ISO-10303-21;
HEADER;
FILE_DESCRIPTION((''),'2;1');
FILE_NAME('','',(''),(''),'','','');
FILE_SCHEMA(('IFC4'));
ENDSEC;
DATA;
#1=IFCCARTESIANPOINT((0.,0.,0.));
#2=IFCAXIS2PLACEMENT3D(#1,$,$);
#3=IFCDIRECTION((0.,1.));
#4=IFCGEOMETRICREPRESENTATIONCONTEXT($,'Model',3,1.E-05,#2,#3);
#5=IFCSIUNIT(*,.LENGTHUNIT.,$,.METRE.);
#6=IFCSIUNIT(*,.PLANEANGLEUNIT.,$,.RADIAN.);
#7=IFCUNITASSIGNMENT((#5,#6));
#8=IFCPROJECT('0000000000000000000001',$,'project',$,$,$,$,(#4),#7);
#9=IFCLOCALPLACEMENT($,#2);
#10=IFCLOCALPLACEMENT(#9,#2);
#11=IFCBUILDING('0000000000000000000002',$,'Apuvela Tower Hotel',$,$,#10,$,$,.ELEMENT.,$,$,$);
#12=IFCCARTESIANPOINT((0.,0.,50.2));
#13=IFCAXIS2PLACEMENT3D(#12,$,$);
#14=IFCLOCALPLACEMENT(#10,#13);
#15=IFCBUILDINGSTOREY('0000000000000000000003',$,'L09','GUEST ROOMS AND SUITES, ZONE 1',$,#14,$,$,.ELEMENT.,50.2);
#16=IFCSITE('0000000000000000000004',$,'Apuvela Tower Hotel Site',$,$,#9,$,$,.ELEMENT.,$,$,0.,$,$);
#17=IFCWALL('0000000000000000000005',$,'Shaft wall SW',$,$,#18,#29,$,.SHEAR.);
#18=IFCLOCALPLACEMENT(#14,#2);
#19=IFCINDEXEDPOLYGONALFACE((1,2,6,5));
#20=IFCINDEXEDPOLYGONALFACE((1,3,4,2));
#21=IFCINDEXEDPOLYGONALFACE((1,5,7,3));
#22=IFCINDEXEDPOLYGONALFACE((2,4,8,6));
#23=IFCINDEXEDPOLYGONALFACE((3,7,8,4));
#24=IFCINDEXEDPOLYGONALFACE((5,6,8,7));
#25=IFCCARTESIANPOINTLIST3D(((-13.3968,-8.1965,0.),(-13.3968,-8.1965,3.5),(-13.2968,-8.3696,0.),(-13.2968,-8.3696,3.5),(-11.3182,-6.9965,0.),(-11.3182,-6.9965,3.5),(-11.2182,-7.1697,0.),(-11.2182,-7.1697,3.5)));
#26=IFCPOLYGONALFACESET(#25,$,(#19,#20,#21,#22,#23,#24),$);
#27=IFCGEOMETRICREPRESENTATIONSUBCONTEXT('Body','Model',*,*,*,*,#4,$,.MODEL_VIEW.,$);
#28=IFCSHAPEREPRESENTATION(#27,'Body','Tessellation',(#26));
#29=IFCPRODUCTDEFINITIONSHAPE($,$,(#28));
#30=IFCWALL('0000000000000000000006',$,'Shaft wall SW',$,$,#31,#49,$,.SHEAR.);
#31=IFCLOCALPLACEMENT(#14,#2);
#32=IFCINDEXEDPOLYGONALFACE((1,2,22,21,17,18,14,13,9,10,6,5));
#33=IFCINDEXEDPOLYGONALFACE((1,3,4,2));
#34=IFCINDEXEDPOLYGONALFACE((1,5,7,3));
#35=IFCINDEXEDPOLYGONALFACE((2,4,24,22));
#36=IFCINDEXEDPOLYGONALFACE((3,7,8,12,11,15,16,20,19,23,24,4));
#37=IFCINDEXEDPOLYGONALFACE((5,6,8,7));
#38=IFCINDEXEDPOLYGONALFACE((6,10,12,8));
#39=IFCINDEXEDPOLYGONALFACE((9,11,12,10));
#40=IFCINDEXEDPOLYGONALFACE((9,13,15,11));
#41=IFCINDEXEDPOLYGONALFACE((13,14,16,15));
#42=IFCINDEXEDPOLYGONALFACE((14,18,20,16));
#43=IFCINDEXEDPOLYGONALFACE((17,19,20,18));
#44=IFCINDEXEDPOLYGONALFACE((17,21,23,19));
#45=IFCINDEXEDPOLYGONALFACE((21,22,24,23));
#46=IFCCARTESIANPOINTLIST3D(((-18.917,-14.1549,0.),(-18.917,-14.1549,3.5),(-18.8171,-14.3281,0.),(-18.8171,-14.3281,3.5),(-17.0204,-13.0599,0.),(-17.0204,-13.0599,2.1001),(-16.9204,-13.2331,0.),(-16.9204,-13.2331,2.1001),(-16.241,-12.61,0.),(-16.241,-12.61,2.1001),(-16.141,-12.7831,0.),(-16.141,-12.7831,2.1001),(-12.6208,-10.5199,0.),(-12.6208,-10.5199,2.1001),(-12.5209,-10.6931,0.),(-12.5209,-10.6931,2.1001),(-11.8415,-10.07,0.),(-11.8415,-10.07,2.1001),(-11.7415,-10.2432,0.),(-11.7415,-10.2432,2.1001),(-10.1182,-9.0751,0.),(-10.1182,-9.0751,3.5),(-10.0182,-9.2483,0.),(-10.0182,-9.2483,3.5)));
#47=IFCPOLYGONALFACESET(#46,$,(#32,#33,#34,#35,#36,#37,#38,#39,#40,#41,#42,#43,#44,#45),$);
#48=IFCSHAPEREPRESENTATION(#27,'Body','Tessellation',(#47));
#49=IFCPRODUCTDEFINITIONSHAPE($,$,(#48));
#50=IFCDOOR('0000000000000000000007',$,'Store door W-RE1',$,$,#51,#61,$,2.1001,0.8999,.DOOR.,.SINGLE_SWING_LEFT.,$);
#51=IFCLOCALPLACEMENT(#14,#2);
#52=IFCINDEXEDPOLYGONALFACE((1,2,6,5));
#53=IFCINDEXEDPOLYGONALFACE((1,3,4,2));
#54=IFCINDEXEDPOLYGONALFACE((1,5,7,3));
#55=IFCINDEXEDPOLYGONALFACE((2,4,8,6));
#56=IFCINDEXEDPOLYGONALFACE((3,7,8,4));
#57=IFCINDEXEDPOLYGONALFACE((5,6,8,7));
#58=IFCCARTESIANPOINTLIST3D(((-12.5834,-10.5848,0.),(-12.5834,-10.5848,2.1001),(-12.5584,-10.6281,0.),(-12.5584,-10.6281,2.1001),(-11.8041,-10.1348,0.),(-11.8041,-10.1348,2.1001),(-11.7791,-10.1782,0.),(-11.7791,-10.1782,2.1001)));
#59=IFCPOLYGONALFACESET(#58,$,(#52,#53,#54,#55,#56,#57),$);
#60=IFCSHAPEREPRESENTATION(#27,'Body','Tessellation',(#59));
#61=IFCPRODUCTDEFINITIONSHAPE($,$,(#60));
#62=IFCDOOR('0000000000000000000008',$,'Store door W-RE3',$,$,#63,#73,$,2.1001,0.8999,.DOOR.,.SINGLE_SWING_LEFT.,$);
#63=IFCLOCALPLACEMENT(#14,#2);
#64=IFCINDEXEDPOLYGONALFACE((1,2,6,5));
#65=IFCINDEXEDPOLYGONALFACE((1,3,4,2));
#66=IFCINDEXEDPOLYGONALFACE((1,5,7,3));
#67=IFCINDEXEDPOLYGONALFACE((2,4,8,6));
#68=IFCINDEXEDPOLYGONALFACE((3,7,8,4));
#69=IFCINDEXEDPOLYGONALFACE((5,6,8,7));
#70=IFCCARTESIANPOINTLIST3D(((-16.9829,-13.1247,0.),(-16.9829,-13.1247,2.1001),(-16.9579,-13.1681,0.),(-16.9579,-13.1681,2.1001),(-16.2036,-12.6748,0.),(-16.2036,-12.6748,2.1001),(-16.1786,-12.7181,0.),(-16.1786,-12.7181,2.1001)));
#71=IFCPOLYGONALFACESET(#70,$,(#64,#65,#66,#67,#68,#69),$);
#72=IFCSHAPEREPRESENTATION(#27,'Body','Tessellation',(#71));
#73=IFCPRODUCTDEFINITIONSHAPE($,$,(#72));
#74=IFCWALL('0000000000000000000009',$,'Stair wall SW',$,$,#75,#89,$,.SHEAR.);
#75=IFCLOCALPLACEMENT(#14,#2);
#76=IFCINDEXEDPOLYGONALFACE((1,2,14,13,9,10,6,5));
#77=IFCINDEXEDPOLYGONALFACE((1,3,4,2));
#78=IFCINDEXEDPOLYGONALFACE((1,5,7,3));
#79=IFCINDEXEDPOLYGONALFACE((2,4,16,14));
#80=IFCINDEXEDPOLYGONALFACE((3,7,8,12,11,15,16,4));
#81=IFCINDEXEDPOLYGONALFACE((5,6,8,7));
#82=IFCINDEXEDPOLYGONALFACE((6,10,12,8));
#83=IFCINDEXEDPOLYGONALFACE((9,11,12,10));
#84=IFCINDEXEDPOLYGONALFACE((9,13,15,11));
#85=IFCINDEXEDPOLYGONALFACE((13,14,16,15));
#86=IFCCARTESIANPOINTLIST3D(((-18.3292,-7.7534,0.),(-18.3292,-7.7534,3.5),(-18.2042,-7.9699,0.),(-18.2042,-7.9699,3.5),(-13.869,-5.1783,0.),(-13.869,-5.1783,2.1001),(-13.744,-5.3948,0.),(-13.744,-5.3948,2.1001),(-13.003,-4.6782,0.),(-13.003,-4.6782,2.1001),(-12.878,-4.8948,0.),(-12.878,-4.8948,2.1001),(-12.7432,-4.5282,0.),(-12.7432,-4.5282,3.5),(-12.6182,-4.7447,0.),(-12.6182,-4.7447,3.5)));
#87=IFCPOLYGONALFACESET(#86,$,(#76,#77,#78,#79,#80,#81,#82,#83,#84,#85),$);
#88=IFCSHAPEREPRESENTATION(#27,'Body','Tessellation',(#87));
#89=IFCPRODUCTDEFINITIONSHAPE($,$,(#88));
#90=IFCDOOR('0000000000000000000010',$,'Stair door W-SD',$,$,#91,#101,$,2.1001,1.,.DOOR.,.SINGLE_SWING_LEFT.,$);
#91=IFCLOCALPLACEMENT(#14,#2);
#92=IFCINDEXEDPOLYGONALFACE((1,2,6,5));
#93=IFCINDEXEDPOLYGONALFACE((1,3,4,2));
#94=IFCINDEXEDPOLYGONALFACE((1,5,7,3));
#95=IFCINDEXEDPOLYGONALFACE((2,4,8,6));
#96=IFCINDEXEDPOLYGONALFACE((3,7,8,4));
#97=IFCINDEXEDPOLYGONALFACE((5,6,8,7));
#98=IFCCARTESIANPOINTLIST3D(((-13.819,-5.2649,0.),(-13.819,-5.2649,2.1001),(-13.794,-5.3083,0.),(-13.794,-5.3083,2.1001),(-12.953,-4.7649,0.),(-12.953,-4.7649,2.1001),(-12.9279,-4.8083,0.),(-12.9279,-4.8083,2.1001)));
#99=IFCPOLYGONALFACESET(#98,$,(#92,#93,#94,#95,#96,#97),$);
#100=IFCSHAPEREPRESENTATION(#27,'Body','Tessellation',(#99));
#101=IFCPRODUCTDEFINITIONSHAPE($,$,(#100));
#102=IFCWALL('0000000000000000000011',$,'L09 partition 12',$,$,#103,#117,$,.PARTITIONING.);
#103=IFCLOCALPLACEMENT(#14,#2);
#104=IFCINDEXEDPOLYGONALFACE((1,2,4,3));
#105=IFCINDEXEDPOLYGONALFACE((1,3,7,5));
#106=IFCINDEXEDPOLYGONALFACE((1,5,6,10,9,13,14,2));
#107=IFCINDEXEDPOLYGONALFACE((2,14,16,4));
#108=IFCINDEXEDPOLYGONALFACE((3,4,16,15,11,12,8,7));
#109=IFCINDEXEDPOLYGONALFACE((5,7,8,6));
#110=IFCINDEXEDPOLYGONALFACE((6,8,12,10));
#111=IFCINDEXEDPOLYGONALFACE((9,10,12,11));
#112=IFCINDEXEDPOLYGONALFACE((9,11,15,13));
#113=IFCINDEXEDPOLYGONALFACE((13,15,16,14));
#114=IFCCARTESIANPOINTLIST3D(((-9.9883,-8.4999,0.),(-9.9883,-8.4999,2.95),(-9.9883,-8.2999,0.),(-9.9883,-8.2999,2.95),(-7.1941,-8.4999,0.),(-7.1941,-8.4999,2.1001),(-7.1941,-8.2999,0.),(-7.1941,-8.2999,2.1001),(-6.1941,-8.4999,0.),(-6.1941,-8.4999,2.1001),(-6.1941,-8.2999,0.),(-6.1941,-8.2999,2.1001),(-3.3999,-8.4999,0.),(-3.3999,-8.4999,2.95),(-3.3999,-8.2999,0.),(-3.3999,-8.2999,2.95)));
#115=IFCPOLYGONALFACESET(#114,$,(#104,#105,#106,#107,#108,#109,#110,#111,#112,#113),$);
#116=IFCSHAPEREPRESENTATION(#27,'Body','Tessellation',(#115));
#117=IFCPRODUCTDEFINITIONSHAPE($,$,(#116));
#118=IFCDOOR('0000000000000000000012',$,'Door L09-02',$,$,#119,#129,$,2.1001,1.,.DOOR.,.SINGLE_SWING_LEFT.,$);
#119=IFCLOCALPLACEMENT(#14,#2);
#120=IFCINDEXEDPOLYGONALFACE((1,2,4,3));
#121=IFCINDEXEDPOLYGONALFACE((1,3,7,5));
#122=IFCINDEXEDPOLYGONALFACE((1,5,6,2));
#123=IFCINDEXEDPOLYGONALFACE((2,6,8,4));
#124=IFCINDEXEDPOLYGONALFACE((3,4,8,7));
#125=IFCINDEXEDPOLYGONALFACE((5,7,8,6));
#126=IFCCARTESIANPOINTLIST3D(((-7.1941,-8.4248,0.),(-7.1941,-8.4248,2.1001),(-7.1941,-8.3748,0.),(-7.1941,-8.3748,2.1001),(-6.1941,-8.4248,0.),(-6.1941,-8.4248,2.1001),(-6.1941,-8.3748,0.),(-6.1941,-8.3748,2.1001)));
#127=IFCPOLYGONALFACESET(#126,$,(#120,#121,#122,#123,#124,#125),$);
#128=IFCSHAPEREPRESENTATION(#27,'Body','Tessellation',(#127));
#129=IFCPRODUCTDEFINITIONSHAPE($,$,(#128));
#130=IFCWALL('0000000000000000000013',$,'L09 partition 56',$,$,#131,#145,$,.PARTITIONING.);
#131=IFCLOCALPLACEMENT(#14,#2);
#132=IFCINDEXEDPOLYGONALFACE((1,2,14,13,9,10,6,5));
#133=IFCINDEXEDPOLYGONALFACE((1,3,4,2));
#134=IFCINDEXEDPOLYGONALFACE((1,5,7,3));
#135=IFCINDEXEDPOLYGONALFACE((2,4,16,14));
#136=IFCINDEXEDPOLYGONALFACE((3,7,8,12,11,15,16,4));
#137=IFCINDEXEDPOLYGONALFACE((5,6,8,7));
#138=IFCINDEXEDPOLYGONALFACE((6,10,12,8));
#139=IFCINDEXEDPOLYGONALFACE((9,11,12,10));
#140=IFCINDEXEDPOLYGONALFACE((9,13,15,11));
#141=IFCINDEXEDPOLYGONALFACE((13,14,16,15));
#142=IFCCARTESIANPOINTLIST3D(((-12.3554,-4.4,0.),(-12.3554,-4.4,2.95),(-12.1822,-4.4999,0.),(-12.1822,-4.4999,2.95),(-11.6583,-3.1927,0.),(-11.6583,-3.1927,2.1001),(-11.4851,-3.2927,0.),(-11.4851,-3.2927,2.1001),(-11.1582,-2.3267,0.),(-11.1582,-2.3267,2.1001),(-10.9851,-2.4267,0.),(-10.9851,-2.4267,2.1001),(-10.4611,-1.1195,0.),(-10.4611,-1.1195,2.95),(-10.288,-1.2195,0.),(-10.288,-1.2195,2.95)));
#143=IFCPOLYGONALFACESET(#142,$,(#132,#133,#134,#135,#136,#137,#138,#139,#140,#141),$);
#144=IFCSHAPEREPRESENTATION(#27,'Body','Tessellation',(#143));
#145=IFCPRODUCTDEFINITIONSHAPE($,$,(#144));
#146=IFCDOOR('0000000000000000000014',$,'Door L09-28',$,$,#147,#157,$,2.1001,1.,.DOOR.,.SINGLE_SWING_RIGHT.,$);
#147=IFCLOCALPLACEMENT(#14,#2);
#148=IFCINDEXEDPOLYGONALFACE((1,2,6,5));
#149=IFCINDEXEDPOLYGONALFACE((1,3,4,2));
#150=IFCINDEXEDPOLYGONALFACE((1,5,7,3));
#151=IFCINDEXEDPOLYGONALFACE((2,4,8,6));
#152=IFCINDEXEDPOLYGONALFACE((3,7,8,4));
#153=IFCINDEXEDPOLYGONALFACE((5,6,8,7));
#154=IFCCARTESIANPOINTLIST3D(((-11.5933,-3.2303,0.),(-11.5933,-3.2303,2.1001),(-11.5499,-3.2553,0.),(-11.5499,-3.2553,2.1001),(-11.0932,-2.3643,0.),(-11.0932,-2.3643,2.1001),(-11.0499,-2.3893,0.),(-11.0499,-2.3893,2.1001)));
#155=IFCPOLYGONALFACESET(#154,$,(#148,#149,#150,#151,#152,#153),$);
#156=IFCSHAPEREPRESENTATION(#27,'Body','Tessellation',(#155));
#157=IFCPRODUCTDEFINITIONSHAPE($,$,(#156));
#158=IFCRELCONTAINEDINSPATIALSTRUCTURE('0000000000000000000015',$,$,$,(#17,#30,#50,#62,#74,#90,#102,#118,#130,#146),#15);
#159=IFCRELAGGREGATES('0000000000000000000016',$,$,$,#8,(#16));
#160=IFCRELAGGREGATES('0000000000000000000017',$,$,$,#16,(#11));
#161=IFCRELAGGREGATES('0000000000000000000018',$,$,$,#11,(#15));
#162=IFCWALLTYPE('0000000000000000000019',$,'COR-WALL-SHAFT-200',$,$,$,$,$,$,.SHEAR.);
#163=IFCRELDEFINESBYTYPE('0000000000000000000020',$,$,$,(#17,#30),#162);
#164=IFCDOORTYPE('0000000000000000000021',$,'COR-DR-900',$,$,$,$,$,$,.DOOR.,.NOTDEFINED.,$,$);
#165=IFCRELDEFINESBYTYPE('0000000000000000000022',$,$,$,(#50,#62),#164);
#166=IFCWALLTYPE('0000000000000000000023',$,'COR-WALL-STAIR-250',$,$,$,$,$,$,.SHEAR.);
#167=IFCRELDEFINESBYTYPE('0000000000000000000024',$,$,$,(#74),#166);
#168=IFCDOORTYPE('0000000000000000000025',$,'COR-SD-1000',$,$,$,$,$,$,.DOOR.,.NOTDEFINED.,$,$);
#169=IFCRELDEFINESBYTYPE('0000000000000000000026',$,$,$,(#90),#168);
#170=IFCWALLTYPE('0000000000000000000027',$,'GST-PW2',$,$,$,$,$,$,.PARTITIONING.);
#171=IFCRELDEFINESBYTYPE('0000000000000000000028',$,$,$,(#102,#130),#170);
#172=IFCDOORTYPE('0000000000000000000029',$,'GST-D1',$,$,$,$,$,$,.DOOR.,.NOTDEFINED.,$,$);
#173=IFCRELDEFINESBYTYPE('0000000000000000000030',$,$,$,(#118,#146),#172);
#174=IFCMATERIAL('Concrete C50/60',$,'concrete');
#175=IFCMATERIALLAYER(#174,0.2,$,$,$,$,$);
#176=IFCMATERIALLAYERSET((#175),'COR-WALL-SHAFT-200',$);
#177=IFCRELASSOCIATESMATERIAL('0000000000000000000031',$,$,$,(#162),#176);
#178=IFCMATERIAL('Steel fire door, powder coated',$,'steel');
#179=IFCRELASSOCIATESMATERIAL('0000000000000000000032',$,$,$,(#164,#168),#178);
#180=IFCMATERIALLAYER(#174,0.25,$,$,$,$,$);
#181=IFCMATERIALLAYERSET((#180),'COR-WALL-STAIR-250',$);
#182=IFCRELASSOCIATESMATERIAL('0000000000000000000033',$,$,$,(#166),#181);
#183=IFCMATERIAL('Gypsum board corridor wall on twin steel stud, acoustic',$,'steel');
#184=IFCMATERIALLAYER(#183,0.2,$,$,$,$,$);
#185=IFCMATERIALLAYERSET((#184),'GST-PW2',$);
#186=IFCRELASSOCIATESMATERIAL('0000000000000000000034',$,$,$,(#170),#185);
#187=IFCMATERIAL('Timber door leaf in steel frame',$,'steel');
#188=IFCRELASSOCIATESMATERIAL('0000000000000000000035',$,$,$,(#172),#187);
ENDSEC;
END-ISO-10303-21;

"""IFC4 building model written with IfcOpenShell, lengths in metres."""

from ifc_helpers import new_model, si_unit, direction, frame, frame_2d, origin, place, context, subcontext, project, spatial, rectangle, extrude, material, layer, layer_set, type_object, element, fill, save


model = new_model("IFC4")

# Units and contexts
model_context = context("Model", 3, precision=1e-05, world=origin(), true_north=direction((0.0, 1.0)))
body_context = subcontext(model_context, "Body", "Model", "MODEL_VIEW")
ifc_project = project(units=[si_unit("LENGTHUNIT", "METRE"), si_unit("PLANEANGLEUNIT", "RADIAN")], contexts=[model_context])

# Site, building, storey
site_placement = place(None, origin())
site = spatial("IfcSite", under=ifc_project, at=site_placement, Name="Apuvela Tower Hotel Site", CompositionType="ELEMENT", RefElevation=0.0)
building_placement = place(site_placement, origin())
building = spatial("IfcBuilding", under=site, at=building_placement, Name="Apuvela Tower Hotel", CompositionType="ELEMENT")
storey_placement = place(building_placement, frame((0.0, 0.0, 50.2)))
storey = spatial("IfcBuildingStorey", under=building, at=storey_placement, Name="L09", Description="GUEST ROOMS AND SUITES, ZONE 1", CompositionType="ELEMENT", Elevation=50.2)

# Shared definitions
ifc_material_1 = material(Name="Concrete C50/60", Category="concrete")
ifc_material_2 = material(Name="Steel fire door, powder coated", Category="steel")

# Shared definitions
ifc_layer_1 = layer(ifc_material_1, 0.2)
ifc_layer_set_1 = layer_set([ifc_layer_1], Name="COR-WALL-SHAFT-200")
wall_type_1 = type_object("IfcWallType", Name="COR-WALL-SHAFT-200", PredefinedType="SHEAR", material=ifc_layer_set_1)

# Wall
wall_1_placement = place(storey_placement, frame((-11.2681, -7.083, 0.0), z_axis=(0.0, 0.0, 1.0), x_axis=(-0.86605, -0.499957, 0.0)))
element("IfcWall", 1, at=wall_1_placement, inside=storey, type_object=wall_type_1, Name="Shaft wall SW", PredefinedType="SHEAR", context=body_context, shape_type="SweptSolid", body=[
    extrude(rectangle(XDim=2.4001, YDim=0.2, at=frame_2d((1.2002, 0.0))), origin(), (0.0, 0.0, 1.0), 3.5),
])

# Wall, openings, doors
wall_2_placement = place(storey_placement, frame((-10.0681, -9.1616, 0.0), z_axis=(0.0, 0.0, 1.0), x_axis=(-0.866033, -0.499987, 0.0)))
wall_2 = element("IfcWall", 2, at=wall_2_placement, inside=storey, type_object=wall_type_1, Name="Shaft wall SW", PredefinedType="SHEAR", context=body_context, shape_type="SweptSolid", body=[
    extrude(rectangle(XDim=10.1599, YDim=0.2, at=frame_2d((5.0801, 0.0))), origin(), (0.0, 0.0, 1.0), 3.5),
])
opening_1_placement = place(wall_2_placement, frame((1.99, 0.0, 0.0)))
opening_1 = element("IfcOpeningElement", 3, at=opening_1_placement, cuts=wall_2, PredefinedType="OPENING", context=body_context, shape_type="SweptSolid", body=[
    extrude(rectangle(XDim=0.8999, YDim=2.1001, at=frame_2d((0.45, 1.05))), frame((0.0, 0.1099, 0.0), z_axis=(0.0, -1.0, 0.0), x_axis=(1.0, 0.0, 0.0)), (0.0, 0.0, 1.0), 0.22),
])
opening_2_placement = place(wall_2_placement, frame((7.0701, 0.0, 0.0)))
opening_2 = element("IfcOpeningElement", 4, at=opening_2_placement, cuts=wall_2, PredefinedType="OPENING", context=body_context, shape_type="SweptSolid", body=[
    extrude(rectangle(XDim=0.8999, YDim=2.1001, at=frame_2d((0.45, 1.05))), frame((0.0, 0.1099, 0.0), z_axis=(0.0, -1.0, 0.0), x_axis=(1.0, 0.0, 0.0)), (0.0, 0.0, 1.0), 0.22),
])
door_type_1 = type_object("IfcDoorType", Name="COR-DR-900", OperationType="NOTDEFINED", PredefinedType="DOOR", material=ifc_material_2)
door_1_placement = place(opening_1_placement, origin())
door_1 = element("IfcDoor", 5, at=door_1_placement, inside=storey, type_object=door_type_1, Name="Store door W-RE1", OperationType="SINGLE_SWING_LEFT", OverallHeight=2.1001, OverallWidth=0.8999, PredefinedType="DOOR", context=body_context, shape_type="SweptSolid", body=[
    extrude(rectangle(XDim=0.8999, YDim=2.1001, at=frame_2d((0.45, 1.05))), frame((0.0, 0.0249, 0.0), z_axis=(0.0, -1.0, 0.0), x_axis=(1.0, 0.0, 0.0)), (0.0, 0.0, 1.0), 0.05),
])
fill(opening_1, door_1)
door_2_placement = place(opening_2_placement, origin())
door_2 = element("IfcDoor", 6, at=door_2_placement, inside=storey, type_object=door_type_1, Name="Store door W-RE3", OperationType="SINGLE_SWING_LEFT", OverallHeight=2.1001, OverallWidth=0.8999, PredefinedType="DOOR", context=body_context, shape_type="SweptSolid", body=[
    extrude(rectangle(XDim=0.8999, YDim=2.1001, at=frame_2d((0.45, 1.05))), frame((0.0, 0.0249, 0.0), z_axis=(0.0, -1.0, 0.0), x_axis=(1.0, 0.0, 0.0)), (0.0, 0.0, 1.0), 0.05),
])
fill(opening_2, door_2)

# Walls, openings, doors
ifc_layer_2 = layer(ifc_material_1, 0.25)
ifc_layer_set_2 = layer_set([ifc_layer_2], Name="COR-WALL-STAIR-250")
wall_type_2 = type_object("IfcWallType", Name="COR-WALL-STAIR-250", PredefinedType="SHEAR", material=ifc_layer_set_2)
wall_3_placement = place(storey_placement, frame((-12.6807, -4.6365, 0.0), z_axis=(0.0, 0.0, 1.0), x_axis=(-0.866022, -0.500006, 0.0)))
wall_3 = element("IfcWall", 7, at=wall_3_placement, inside=storey, type_object=wall_type_2, Name="Stair wall SW", PredefinedType="SHEAR", context=body_context, shape_type="SweptSolid", body=[
    extrude(rectangle(XDim=6.4502, YDim=0.25, at=frame_2d((3.2251, 0.0))), origin(), (0.0, 0.0, 1.0), 3.5),
])
opening_3_placement = place(wall_3_placement, frame((0.3, 0.0, 0.0)))
opening_3 = element("IfcOpeningElement", 8, at=opening_3_placement, cuts=wall_3, PredefinedType="OPENING", context=body_context, shape_type="SweptSolid", body=[
    extrude(rectangle(XDim=1.0, YDim=2.1001, at=frame_2d((0.5, 1.05))), frame((0.0, 0.135, 0.0), z_axis=(0.0, -1.0, 0.0), x_axis=(1.0, 0.0, 0.0)), (0.0, 0.0, 1.0), 0.27),
])
door_type_2 = type_object("IfcDoorType", Name="COR-SD-1000", OperationType="NOTDEFINED", PredefinedType="DOOR", material=ifc_material_2)
door_3_placement = place(opening_3_placement, frame((1.0, 0.0, 0.0), z_axis=(0.0, 0.0, 1.0), x_axis=(-1.0, 0.0, 0.0)))
door_3 = element("IfcDoor", 9, at=door_3_placement, inside=storey, type_object=door_type_2, Name="Stair door W-SD", OperationType="SINGLE_SWING_LEFT", OverallHeight=2.1001, OverallWidth=1.0, PredefinedType="DOOR", context=body_context, shape_type="SweptSolid", body=[
    extrude(rectangle(XDim=1.0, YDim=2.1001, at=frame_2d((0.5, 1.05))), frame((0.0, 0.0249, 0.0), z_axis=(0.0, -1.0, 0.0), x_axis=(1.0, 0.0, 0.0)), (0.0, 0.0, 1.0), 0.05),
])
fill(opening_3, door_3)
ifc_material_3 = material(Name="Gypsum board corridor wall on twin steel stud, acoustic", Category="steel")
ifc_layer_3 = layer(ifc_material_3, 0.2)
ifc_layer_set_3 = layer_set([ifc_layer_3], Name="GST-PW2")
wall_type_3 = type_object("IfcWallType", Name="GST-PW2", PredefinedType="PARTITIONING", material=ifc_layer_set_3)
wall_4_placement = place(storey_placement, frame((-3.3999, -8.3999, 0.0), z_axis=(0.0, 0.0, 1.0), x_axis=(-1.0, 0.0, 0.0)))
wall_4 = element("IfcWall", 10, at=wall_4_placement, inside=storey, type_object=wall_type_3, Name="L09 partition 12", PredefinedType="PARTITIONING", context=body_context, shape_type="SweptSolid", body=[
    extrude(rectangle(XDim=6.5884, YDim=0.2, at=frame_2d((3.2942, 0.0))), origin(), (0.0, 0.0, 1.0), 2.95),
])
opening_4_placement = place(wall_4_placement, frame((2.7942, 0.0, 0.0)))
opening_4 = element("IfcOpeningElement", 11, at=opening_4_placement, cuts=wall_4, PredefinedType="OPENING", context=body_context, shape_type="SweptSolid", body=[
    extrude(rectangle(XDim=1.0, YDim=2.1001, at=frame_2d((0.5, 1.05))), frame((0.0, 0.1099, 0.0), z_axis=(0.0, -1.0, 0.0), x_axis=(1.0, 0.0, 0.0)), (0.0, 0.0, 1.0), 0.22),
])
ifc_material_4 = material(Name="Timber door leaf in steel frame", Category="steel")
door_type_3 = type_object("IfcDoorType", Name="GST-D1", OperationType="NOTDEFINED", PredefinedType="DOOR", material=ifc_material_4)
door_4_placement = place(opening_4_placement, origin())
door_4 = element("IfcDoor", 12, at=door_4_placement, inside=storey, type_object=door_type_3, Name="Door L09-02", OperationType="SINGLE_SWING_LEFT", OverallHeight=2.1001, OverallWidth=1.0, PredefinedType="DOOR", context=body_context, shape_type="SweptSolid", body=[
    extrude(rectangle(XDim=1.0, YDim=2.1001, at=frame_2d((0.5, 1.05))), frame((0.0, 0.0249, 0.0), z_axis=(0.0, -1.0, 0.0), x_axis=(1.0, 0.0, 0.0)), (0.0, 0.0, 1.0), 0.05),
])
fill(opening_4, door_4)
wall_5_placement = place(storey_placement, frame((-12.2688, -4.45, 0.0), z_axis=(0.0, 0.0, 1.0), x_axis=(0.500055, 0.865993, 0.0)))
wall_5 = element("IfcWall", 13, at=wall_5_placement, inside=storey, type_object=wall_type_3, Name="L09 partition 56", PredefinedType="PARTITIONING", context=body_context, shape_type="SweptSolid", body=[
    extrude(rectangle(XDim=3.7881, YDim=0.2, at=frame_2d((1.894, 0.0))), origin(), (0.0, 0.0, 1.0), 2.95),
])
opening_5_placement = place(wall_5_placement, frame((1.394, 0.0, 0.0)))
opening_5 = element("IfcOpeningElement", 14, at=opening_5_placement, cuts=wall_5, PredefinedType="OPENING", context=body_context, shape_type="SweptSolid", body=[
    extrude(rectangle(XDim=1.0, YDim=2.1001, at=frame_2d((0.5, 1.05))), frame((0.0, 0.1099, 0.0), z_axis=(0.0, -1.0, 0.0), x_axis=(1.0, 0.0, 0.0)), (0.0, 0.0, 1.0), 0.22),
])
door_5_placement = place(opening_5_placement, origin())
door_5 = element("IfcDoor", 15, at=door_5_placement, inside=storey, type_object=door_type_3, Name="Door L09-28", OperationType="SINGLE_SWING_RIGHT", OverallHeight=2.1001, OverallWidth=1.0, PredefinedType="DOOR", context=body_context, shape_type="SweptSolid", body=[
    extrude(rectangle(XDim=1.0, YDim=2.1001, at=frame_2d((0.5, 1.05))), frame((0.0, 0.0249, 0.0), z_axis=(0.0, -1.0, 0.0), x_axis=(1.0, 0.0, 0.0)), (0.0, 0.0, 1.0), 0.05),
])
fill(opening_5, door_5)

save(model, "model.ifc")
